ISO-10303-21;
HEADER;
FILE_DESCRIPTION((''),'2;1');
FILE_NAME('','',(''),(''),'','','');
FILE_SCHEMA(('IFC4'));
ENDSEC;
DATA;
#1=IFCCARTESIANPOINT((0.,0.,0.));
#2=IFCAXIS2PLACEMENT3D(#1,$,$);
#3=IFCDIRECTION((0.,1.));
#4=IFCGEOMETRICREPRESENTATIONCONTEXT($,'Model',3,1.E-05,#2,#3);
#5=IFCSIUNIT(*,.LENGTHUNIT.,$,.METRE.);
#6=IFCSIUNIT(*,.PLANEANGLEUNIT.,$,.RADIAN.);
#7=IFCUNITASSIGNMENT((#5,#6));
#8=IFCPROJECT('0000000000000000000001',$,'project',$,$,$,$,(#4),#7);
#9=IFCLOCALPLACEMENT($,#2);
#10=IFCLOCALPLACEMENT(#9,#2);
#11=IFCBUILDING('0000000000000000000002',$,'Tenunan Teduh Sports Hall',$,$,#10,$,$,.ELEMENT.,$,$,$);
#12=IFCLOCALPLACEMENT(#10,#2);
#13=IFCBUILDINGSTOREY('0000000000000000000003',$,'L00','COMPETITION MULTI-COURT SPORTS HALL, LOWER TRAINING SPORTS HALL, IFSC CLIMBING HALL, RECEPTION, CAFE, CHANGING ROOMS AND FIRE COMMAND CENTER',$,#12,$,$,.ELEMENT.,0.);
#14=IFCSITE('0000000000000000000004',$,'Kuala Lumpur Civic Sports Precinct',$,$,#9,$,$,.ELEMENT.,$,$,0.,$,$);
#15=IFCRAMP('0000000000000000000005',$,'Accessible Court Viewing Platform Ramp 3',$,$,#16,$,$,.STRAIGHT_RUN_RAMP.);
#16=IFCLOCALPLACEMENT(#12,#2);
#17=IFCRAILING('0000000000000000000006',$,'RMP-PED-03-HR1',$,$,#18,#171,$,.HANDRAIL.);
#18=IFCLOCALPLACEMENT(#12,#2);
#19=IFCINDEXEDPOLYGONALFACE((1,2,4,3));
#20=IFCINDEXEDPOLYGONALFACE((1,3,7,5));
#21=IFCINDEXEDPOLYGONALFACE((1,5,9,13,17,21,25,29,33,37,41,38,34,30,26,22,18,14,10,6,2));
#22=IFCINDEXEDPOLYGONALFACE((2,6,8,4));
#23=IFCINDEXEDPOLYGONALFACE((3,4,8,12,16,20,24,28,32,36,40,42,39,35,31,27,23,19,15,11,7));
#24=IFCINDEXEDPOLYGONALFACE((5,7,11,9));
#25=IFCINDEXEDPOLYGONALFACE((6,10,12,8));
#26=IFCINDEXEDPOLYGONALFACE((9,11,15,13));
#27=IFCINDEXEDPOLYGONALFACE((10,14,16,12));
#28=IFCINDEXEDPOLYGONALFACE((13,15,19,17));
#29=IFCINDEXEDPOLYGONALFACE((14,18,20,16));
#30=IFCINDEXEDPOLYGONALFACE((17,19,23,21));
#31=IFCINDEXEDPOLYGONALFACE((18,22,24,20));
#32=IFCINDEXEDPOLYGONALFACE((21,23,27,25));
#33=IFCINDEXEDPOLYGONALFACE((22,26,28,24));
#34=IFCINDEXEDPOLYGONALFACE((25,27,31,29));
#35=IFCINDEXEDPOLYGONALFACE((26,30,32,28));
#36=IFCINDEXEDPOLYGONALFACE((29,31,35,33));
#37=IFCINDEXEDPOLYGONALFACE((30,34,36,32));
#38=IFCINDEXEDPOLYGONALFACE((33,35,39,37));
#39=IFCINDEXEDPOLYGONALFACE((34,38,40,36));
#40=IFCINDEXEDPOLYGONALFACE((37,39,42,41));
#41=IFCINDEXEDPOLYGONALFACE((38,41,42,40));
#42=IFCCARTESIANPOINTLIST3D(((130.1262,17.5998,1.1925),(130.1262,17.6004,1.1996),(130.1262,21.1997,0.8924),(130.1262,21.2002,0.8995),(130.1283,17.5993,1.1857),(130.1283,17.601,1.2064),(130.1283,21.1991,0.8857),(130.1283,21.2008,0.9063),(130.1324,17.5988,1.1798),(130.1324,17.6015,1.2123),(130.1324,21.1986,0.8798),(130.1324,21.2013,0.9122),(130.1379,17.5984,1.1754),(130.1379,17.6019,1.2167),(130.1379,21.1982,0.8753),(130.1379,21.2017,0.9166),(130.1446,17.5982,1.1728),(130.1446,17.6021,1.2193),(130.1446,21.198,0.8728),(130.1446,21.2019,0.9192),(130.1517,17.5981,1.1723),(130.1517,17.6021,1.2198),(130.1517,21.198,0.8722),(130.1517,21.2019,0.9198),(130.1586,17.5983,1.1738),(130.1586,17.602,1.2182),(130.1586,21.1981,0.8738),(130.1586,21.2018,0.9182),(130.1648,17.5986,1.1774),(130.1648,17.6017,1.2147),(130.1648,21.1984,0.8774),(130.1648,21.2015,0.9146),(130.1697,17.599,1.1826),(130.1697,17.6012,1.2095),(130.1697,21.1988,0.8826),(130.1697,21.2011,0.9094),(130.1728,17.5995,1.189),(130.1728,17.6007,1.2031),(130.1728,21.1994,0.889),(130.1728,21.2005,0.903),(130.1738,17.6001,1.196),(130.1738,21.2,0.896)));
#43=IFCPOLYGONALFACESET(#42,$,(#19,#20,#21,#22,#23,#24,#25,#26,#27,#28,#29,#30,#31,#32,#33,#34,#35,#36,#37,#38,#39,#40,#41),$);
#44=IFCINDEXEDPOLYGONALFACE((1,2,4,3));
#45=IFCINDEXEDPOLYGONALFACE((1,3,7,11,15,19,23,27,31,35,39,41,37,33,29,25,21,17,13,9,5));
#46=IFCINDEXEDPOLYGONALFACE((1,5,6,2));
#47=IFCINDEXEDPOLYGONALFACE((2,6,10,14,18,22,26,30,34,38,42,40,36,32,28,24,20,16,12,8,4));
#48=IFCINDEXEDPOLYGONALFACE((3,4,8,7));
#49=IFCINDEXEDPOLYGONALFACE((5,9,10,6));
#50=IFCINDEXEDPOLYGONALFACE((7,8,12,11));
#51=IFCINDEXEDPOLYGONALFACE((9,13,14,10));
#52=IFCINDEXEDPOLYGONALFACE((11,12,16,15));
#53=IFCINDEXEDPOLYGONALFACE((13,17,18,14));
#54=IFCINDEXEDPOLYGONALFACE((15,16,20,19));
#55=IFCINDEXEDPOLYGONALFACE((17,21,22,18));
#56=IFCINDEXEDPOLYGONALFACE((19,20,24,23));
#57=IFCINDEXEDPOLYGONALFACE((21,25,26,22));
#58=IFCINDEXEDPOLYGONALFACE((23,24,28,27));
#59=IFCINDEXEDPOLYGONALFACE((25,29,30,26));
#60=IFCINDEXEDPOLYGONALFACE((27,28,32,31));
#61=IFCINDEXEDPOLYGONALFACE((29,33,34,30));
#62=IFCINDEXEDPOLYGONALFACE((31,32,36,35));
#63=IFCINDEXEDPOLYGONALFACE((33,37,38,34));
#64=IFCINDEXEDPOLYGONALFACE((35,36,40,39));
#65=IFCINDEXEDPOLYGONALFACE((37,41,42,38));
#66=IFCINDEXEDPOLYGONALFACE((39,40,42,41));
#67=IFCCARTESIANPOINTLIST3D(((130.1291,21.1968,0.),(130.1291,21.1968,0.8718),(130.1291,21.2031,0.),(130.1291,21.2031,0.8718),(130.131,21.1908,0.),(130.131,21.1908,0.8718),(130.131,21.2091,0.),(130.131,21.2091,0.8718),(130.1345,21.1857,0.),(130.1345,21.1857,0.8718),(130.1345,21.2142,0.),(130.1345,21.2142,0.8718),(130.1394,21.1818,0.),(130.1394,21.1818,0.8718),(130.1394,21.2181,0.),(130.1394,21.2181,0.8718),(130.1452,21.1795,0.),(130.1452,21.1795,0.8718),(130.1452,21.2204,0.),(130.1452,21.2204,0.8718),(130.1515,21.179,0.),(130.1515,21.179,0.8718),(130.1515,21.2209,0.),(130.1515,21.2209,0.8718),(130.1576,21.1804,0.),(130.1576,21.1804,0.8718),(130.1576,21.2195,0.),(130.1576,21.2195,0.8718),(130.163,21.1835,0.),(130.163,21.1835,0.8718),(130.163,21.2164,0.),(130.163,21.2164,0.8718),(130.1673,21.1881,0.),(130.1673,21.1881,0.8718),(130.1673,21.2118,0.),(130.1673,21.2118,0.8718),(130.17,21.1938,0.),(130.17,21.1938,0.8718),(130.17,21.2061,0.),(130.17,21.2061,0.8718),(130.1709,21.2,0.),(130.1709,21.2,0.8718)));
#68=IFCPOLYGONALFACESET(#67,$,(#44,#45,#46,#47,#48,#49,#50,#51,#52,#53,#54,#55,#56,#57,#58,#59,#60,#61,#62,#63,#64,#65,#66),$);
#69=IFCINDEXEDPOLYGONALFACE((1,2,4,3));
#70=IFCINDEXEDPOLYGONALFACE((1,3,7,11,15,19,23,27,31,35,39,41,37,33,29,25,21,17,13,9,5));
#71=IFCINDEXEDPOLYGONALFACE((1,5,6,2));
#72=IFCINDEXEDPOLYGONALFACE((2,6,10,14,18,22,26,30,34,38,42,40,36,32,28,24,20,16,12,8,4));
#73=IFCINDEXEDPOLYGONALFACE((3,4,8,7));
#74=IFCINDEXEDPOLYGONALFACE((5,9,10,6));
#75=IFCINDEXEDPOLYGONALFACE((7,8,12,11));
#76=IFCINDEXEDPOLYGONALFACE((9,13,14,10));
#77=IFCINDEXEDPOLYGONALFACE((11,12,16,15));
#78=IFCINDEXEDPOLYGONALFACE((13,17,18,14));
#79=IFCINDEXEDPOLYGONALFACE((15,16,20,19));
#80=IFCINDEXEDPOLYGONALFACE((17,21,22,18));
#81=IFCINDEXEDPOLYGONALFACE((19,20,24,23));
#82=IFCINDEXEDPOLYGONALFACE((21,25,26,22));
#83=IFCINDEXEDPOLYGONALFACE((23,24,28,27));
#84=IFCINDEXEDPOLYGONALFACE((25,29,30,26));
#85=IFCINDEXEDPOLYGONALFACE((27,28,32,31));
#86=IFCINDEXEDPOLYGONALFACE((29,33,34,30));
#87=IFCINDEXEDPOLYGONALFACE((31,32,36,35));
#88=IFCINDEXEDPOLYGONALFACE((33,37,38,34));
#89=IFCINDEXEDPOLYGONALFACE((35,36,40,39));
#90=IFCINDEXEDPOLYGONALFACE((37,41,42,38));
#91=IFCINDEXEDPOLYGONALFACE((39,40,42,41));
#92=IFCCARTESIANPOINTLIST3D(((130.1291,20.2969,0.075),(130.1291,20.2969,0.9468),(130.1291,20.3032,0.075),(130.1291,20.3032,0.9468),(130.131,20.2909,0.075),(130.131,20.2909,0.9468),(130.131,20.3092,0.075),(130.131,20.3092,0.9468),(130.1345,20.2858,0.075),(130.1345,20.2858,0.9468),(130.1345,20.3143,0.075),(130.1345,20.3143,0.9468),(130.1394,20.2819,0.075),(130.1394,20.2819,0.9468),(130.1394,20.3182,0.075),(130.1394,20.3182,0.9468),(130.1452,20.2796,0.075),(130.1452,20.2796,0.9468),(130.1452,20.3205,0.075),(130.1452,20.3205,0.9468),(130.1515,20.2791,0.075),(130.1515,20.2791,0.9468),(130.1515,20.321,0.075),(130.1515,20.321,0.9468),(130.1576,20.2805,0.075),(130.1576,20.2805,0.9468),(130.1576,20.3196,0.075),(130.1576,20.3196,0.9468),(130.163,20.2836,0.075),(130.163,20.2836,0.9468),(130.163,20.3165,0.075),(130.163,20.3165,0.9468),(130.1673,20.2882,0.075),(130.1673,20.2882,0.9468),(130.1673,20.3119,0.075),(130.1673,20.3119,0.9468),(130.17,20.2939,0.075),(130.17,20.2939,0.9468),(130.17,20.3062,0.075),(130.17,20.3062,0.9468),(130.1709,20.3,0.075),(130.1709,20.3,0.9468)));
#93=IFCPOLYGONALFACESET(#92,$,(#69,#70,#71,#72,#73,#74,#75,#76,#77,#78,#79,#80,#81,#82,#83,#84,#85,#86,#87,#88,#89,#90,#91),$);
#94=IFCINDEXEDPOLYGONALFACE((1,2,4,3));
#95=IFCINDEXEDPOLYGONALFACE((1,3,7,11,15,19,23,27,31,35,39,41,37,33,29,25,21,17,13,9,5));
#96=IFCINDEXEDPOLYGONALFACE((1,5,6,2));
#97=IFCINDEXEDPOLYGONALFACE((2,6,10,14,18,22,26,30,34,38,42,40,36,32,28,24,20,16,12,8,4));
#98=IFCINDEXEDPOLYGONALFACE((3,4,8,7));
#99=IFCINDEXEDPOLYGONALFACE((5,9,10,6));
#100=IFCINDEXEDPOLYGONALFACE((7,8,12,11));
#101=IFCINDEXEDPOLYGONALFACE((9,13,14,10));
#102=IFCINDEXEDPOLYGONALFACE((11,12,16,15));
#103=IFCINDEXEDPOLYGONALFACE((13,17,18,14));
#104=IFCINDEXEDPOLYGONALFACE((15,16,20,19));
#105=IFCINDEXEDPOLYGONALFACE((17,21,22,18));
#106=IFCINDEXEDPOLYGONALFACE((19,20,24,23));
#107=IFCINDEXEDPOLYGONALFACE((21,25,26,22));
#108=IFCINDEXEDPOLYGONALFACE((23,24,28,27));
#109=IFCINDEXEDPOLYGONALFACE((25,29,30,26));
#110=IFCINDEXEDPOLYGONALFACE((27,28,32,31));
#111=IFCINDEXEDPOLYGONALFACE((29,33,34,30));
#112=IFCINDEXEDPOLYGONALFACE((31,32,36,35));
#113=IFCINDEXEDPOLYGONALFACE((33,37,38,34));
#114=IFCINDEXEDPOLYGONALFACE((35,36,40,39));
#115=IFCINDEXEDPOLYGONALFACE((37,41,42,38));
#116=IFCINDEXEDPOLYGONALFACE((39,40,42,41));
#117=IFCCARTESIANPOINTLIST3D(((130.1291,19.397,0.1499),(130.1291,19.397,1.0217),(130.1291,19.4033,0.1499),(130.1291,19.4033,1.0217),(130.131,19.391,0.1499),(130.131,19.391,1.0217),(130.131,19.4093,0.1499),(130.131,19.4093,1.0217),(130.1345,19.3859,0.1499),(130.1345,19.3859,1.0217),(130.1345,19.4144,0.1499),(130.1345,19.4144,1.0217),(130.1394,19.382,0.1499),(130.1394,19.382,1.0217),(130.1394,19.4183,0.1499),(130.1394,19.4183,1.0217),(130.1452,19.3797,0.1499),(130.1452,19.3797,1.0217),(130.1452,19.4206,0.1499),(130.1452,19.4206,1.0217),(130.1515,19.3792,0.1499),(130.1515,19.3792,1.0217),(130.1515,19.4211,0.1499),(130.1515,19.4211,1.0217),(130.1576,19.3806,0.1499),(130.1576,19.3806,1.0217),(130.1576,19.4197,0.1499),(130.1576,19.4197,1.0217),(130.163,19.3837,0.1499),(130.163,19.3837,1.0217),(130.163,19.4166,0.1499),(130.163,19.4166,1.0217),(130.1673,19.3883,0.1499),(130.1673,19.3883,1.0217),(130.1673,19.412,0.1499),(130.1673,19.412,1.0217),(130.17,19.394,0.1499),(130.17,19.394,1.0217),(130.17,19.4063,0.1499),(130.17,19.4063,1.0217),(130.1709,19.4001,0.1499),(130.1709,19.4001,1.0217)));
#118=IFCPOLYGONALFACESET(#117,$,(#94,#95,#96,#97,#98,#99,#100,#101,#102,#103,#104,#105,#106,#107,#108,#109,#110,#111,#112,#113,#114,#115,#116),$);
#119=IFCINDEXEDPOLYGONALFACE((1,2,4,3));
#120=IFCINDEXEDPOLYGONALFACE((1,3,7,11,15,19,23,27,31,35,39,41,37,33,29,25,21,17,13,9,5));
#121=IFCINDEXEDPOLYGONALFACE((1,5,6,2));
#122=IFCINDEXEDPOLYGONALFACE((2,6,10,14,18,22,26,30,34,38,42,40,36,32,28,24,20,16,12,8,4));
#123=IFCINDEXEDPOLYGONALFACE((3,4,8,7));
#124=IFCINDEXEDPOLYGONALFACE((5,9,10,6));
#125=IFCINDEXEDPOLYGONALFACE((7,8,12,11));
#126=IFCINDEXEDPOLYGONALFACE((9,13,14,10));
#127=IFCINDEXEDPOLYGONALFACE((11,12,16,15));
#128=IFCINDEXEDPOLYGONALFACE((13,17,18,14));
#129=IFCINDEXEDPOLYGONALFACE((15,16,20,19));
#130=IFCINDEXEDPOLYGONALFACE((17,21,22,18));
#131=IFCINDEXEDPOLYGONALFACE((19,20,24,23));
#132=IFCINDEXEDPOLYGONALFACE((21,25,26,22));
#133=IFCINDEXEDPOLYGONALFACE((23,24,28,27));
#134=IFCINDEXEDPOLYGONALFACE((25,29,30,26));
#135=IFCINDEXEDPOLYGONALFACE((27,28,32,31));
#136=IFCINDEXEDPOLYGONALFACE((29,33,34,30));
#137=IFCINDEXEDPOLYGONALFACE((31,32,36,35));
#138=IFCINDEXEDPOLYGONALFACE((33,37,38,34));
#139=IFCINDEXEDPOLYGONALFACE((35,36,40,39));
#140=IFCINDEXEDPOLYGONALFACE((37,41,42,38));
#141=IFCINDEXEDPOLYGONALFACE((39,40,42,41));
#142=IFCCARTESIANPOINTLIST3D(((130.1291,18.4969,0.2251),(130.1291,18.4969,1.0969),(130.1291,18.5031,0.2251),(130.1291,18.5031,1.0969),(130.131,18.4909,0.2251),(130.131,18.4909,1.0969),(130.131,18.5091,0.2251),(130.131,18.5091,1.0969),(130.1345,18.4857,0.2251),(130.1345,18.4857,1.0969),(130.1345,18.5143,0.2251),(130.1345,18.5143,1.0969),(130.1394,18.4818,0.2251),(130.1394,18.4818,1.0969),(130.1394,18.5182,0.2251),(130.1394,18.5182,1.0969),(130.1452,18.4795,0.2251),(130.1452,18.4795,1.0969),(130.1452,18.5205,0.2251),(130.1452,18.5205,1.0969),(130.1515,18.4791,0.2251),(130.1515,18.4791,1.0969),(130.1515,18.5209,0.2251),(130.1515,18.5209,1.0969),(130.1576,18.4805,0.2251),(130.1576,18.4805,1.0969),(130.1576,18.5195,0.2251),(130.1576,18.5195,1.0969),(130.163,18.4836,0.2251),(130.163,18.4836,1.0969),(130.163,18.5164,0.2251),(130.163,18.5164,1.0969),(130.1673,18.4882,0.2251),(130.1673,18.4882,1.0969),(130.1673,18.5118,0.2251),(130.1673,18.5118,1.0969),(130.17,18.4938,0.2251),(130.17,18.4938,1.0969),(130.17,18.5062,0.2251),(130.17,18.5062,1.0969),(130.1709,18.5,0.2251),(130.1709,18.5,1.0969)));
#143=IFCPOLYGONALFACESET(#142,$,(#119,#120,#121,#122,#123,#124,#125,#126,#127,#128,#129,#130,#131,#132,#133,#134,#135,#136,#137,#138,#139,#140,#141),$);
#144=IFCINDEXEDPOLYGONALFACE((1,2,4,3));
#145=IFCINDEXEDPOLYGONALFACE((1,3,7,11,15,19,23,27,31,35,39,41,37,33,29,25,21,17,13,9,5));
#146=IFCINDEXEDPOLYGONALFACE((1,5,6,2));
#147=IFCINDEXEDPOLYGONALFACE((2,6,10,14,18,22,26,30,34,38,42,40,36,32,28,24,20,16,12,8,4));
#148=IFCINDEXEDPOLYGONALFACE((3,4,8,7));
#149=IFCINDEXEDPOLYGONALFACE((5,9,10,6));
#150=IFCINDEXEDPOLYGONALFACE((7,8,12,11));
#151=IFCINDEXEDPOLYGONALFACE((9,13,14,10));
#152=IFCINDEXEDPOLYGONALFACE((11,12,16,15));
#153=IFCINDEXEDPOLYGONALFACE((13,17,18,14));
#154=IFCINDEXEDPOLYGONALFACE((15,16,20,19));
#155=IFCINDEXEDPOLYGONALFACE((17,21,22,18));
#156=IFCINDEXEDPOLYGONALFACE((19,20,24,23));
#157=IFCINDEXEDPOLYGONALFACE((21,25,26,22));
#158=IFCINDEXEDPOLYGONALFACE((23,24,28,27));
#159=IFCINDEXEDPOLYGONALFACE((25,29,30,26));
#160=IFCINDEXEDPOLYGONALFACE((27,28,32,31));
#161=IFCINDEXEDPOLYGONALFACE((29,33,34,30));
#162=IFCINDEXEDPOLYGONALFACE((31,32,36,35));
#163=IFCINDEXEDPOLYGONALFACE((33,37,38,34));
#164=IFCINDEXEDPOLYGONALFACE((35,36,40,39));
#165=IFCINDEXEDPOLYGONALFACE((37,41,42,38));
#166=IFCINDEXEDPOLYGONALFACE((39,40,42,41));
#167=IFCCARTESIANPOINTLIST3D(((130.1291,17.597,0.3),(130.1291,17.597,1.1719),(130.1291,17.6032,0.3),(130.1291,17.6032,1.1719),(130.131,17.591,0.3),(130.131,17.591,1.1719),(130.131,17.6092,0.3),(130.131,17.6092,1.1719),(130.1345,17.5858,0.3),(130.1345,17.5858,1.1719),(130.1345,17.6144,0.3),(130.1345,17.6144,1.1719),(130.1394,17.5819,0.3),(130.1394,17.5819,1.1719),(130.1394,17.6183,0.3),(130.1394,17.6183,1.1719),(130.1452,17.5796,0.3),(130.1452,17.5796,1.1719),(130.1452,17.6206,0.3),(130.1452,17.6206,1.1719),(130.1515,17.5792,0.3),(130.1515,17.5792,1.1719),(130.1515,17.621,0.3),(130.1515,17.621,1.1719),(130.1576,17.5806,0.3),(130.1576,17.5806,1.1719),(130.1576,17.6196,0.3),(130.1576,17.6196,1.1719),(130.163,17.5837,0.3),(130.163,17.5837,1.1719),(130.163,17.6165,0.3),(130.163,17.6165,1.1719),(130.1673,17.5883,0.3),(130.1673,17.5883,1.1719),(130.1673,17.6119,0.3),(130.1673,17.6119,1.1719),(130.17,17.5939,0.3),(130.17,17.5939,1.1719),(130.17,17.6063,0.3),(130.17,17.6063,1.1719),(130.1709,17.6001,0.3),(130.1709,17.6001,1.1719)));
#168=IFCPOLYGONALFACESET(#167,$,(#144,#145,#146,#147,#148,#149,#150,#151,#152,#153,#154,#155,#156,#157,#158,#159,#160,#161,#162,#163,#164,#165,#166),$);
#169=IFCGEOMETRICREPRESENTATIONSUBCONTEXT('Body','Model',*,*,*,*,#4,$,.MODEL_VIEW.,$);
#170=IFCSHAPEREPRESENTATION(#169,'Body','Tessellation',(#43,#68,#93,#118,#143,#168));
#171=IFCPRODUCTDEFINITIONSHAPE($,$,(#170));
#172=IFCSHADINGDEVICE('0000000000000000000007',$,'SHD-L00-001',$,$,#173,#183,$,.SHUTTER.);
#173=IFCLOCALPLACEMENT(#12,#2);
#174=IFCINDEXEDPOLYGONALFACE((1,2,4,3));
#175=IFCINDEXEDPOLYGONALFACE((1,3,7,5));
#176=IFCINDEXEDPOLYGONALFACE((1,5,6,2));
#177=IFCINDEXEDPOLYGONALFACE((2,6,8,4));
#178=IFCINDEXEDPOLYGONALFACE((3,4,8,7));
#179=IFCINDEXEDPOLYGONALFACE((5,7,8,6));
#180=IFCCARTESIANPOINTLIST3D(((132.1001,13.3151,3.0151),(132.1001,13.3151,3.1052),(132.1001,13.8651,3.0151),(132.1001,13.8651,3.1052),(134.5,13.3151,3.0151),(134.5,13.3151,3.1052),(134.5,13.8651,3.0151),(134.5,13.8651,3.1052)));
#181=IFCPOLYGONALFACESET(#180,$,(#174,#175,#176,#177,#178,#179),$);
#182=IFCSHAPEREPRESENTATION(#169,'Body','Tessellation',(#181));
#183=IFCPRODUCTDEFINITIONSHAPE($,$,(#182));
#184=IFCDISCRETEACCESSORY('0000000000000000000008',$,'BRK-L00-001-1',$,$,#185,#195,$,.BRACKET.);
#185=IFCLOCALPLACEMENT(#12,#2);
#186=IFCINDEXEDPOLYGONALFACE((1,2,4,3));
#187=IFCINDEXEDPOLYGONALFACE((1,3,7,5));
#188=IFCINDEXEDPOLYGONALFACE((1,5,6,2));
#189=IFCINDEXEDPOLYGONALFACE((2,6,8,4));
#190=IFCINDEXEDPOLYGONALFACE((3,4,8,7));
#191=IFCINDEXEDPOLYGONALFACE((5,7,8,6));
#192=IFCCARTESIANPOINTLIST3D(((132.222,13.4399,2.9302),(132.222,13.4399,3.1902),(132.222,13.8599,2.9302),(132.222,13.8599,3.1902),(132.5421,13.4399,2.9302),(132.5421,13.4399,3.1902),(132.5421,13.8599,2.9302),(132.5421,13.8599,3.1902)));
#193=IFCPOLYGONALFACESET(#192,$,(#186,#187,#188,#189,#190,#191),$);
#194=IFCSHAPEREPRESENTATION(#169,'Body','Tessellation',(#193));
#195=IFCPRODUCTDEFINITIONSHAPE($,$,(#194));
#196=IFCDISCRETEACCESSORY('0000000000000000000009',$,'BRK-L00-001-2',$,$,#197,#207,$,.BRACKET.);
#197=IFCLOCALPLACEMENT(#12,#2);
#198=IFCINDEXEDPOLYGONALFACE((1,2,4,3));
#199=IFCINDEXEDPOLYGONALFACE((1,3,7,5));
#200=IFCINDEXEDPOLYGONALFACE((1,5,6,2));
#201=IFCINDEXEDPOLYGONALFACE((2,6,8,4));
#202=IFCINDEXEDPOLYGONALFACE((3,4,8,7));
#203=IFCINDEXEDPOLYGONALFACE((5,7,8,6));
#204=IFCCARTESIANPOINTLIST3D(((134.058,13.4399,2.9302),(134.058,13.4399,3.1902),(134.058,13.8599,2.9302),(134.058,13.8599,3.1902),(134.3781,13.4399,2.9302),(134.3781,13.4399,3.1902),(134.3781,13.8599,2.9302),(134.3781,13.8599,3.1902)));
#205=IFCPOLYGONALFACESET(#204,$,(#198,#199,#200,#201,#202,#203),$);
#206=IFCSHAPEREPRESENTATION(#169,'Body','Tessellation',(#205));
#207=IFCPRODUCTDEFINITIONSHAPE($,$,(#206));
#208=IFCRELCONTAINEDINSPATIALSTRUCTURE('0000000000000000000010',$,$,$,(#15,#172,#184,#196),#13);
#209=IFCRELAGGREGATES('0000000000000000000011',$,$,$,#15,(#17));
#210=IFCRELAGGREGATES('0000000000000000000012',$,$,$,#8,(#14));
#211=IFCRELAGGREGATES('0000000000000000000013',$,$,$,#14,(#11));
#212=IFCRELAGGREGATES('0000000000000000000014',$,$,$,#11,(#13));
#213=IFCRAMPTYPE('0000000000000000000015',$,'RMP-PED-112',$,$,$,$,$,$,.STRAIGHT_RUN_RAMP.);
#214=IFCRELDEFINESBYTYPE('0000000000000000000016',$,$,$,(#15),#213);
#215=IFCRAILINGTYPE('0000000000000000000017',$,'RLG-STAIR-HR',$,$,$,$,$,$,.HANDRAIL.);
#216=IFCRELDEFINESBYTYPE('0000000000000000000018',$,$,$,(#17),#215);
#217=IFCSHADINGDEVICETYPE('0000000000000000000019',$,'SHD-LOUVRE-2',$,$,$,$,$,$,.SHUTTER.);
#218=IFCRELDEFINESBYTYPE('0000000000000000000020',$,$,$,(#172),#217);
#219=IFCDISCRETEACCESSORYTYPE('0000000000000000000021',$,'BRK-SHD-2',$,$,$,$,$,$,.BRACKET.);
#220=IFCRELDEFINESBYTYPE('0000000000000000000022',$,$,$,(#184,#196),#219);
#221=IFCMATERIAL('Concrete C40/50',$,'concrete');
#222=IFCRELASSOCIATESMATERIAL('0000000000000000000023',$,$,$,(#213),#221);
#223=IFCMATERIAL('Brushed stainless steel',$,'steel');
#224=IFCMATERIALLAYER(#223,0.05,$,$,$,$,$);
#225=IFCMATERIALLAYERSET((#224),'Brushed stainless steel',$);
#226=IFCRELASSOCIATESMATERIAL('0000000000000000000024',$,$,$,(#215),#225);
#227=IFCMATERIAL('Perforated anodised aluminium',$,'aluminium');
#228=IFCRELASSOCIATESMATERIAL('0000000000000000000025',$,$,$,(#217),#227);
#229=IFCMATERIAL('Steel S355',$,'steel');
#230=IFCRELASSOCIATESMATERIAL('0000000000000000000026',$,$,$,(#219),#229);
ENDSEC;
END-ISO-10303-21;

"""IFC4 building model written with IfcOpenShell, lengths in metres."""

from ifc_helpers import new_model, si_unit, direction, frame, origin, origin_2d, place, context, subcontext, project, spatial, rectangle, circle, extrude, material, layer, layer_set, type_object, element, aggregate, save


model = new_model("IFC4")

# Units and contexts
model_context = context("Model", 3, precision=1e-05, world=origin(), true_north=direction((0.0, 1.0)))
body_context = subcontext(model_context, "Body", "Model", "MODEL_VIEW")
ifc_project = project(units=[si_unit("LENGTHUNIT", "METRE"), si_unit("PLANEANGLEUNIT", "RADIAN")], contexts=[model_context])

# Site, building, storey
site_placement = place(None, origin())
site = spatial("IfcSite", under=ifc_project, at=site_placement, Name="Kuala Lumpur Civic Sports Precinct", CompositionType="ELEMENT", RefElevation=0.0)
building_placement = place(site_placement, origin())
building = spatial("IfcBuilding", under=site, at=building_placement, Name="Tenunan Teduh Sports Hall", CompositionType="ELEMENT")
storey_placement = place(building_placement, origin())
storey = spatial("IfcBuildingStorey", under=building, at=storey_placement, Name="L00", Description="COMPETITION MULTI-COURT SPORTS HALL, LOWER TRAINING SPORTS HALL, IFSC CLIMBING HALL, RECEPTION, CAFE, CHANGING ROOMS AND FIRE COMMAND CENTER", CompositionType="ELEMENT", Elevation=0.0)

# Ramp, railing
ifc_material_1 = material(Name="Concrete C40/50", Category="concrete")
ramp_type = type_object("IfcRampType", Name="RMP-PED-112", PredefinedType="STRAIGHT_RUN_RAMP", material=ifc_material_1)
ramp_placement = place(storey_placement, origin())
ramp = element("IfcRamp", 1, at=ramp_placement, inside=storey, type_object=ramp_type, Name="Accessible Court Viewing Platform Ramp 3", PredefinedType="STRAIGHT_RUN_RAMP")
ifc_material_2 = material(Name="Brushed stainless steel", Category="steel")
ifc_layer_1 = layer(ifc_material_2, 0.05)
ifc_layer_set_1 = layer_set([ifc_layer_1], Name="Brushed stainless steel")
railing_type = type_object("IfcRailingType", Name="RLG-STAIR-HR", PredefinedType="HANDRAIL", material=ifc_layer_set_1)
railing_placement = place(storey_placement, frame((130.1499, 21.2, 0.0)))
railing = element("IfcRailing", 2, at=railing_placement, type_object=railing_type, Name="RMP-PED-03-HR1", PredefinedType="HANDRAIL", context=body_context, shape_type="SweptSolid", body=[
    extrude(circle(Radius=0.0239, at=origin_2d()), frame((0.0, 0.0, 0.896), z_axis=(0.0, -0.996544, 0.083062), x_axis=(1.0, 0.0, 0.0)), (0.0, 0.0, 1.0), 3.6123),
    extrude(circle(Radius=0.021, at=origin_2d()), origin(), (0.0, 0.0, 1.0), 0.8718),
    extrude(circle(Radius=0.021, at=origin_2d()), frame((0.0, -0.8999, 0.075)), (0.0, 0.0, 1.0), 0.8718),
    extrude(circle(Radius=0.021, at=origin_2d()), frame((0.0, -1.7998, 0.1499)), (0.0, 0.0, 1.0), 0.8718),
    extrude(circle(Radius=0.021, at=origin_2d()), frame((0.0, -2.7, 0.2251)), (0.0, 0.0, 1.0), 0.8718),
    extrude(circle(Radius=0.021, at=origin_2d()), frame((0.0, -3.5999, 0.3)), (0.0, 0.0, 1.0), 0.8718),
])
aggregate(ramp, [railing])

# Shading device
ifc_material_3 = material(Name="Perforated anodised aluminium", Category="aluminium")
shading_device_type = type_object("IfcShadingDeviceType", Name="SHD-LOUVRE-2", PredefinedType="SHUTTER", material=ifc_material_3)
shading_device_placement = place(storey_placement, frame((133.3, 13.5901, 3.0151), z_axis=(0.0, 0.0, 1.0), x_axis=(1.0, 0.0, 0.0)))
element("IfcShadingDevice", 3, at=shading_device_placement, inside=storey, type_object=shading_device_type, Name="SHD-L00-001", PredefinedType="SHUTTER", context=body_context, shape_type="SweptSolid", body=[
    extrude(rectangle(XDim=2.3999, YDim=0.55, at=origin_2d()), origin(), (0.0, 0.0, 1.0), 0.0901),
])

# Discrete accessories
ifc_material_4 = material(Name="Steel S355", Category="steel")
discrete_accessory_type = type_object("IfcDiscreteAccessoryType", Name="BRK-SHD-2", PredefinedType="BRACKET", material=ifc_material_4)
for number, where, z_axis, x_axis, name in (
    (4, (132.3821, 13.6499, 2.9302), (0.0, 0.0, 1.0), (1.0, 0.0, 0.0), "BRK-L00-001-1"),
    (5, (134.218, 13.6499, 2.9302), (0.0, 0.0, 1.0), (1.0, 0.0, 0.0), "BRK-L00-001-2"),
):
    element("IfcDiscreteAccessory", number, at=place(storey_placement, frame(where, z_axis=z_axis, x_axis=x_axis)), inside=storey, type_object=discrete_accessory_type, Name=name, PredefinedType="BRACKET", context=body_context, shape_type="SweptSolid", body=[
        extrude(rectangle(XDim=0.3201, YDim=0.4199, at=origin_2d()), origin(), (0.0, 0.0, 1.0), 0.26),
    ])

save(model, "model.ifc")
